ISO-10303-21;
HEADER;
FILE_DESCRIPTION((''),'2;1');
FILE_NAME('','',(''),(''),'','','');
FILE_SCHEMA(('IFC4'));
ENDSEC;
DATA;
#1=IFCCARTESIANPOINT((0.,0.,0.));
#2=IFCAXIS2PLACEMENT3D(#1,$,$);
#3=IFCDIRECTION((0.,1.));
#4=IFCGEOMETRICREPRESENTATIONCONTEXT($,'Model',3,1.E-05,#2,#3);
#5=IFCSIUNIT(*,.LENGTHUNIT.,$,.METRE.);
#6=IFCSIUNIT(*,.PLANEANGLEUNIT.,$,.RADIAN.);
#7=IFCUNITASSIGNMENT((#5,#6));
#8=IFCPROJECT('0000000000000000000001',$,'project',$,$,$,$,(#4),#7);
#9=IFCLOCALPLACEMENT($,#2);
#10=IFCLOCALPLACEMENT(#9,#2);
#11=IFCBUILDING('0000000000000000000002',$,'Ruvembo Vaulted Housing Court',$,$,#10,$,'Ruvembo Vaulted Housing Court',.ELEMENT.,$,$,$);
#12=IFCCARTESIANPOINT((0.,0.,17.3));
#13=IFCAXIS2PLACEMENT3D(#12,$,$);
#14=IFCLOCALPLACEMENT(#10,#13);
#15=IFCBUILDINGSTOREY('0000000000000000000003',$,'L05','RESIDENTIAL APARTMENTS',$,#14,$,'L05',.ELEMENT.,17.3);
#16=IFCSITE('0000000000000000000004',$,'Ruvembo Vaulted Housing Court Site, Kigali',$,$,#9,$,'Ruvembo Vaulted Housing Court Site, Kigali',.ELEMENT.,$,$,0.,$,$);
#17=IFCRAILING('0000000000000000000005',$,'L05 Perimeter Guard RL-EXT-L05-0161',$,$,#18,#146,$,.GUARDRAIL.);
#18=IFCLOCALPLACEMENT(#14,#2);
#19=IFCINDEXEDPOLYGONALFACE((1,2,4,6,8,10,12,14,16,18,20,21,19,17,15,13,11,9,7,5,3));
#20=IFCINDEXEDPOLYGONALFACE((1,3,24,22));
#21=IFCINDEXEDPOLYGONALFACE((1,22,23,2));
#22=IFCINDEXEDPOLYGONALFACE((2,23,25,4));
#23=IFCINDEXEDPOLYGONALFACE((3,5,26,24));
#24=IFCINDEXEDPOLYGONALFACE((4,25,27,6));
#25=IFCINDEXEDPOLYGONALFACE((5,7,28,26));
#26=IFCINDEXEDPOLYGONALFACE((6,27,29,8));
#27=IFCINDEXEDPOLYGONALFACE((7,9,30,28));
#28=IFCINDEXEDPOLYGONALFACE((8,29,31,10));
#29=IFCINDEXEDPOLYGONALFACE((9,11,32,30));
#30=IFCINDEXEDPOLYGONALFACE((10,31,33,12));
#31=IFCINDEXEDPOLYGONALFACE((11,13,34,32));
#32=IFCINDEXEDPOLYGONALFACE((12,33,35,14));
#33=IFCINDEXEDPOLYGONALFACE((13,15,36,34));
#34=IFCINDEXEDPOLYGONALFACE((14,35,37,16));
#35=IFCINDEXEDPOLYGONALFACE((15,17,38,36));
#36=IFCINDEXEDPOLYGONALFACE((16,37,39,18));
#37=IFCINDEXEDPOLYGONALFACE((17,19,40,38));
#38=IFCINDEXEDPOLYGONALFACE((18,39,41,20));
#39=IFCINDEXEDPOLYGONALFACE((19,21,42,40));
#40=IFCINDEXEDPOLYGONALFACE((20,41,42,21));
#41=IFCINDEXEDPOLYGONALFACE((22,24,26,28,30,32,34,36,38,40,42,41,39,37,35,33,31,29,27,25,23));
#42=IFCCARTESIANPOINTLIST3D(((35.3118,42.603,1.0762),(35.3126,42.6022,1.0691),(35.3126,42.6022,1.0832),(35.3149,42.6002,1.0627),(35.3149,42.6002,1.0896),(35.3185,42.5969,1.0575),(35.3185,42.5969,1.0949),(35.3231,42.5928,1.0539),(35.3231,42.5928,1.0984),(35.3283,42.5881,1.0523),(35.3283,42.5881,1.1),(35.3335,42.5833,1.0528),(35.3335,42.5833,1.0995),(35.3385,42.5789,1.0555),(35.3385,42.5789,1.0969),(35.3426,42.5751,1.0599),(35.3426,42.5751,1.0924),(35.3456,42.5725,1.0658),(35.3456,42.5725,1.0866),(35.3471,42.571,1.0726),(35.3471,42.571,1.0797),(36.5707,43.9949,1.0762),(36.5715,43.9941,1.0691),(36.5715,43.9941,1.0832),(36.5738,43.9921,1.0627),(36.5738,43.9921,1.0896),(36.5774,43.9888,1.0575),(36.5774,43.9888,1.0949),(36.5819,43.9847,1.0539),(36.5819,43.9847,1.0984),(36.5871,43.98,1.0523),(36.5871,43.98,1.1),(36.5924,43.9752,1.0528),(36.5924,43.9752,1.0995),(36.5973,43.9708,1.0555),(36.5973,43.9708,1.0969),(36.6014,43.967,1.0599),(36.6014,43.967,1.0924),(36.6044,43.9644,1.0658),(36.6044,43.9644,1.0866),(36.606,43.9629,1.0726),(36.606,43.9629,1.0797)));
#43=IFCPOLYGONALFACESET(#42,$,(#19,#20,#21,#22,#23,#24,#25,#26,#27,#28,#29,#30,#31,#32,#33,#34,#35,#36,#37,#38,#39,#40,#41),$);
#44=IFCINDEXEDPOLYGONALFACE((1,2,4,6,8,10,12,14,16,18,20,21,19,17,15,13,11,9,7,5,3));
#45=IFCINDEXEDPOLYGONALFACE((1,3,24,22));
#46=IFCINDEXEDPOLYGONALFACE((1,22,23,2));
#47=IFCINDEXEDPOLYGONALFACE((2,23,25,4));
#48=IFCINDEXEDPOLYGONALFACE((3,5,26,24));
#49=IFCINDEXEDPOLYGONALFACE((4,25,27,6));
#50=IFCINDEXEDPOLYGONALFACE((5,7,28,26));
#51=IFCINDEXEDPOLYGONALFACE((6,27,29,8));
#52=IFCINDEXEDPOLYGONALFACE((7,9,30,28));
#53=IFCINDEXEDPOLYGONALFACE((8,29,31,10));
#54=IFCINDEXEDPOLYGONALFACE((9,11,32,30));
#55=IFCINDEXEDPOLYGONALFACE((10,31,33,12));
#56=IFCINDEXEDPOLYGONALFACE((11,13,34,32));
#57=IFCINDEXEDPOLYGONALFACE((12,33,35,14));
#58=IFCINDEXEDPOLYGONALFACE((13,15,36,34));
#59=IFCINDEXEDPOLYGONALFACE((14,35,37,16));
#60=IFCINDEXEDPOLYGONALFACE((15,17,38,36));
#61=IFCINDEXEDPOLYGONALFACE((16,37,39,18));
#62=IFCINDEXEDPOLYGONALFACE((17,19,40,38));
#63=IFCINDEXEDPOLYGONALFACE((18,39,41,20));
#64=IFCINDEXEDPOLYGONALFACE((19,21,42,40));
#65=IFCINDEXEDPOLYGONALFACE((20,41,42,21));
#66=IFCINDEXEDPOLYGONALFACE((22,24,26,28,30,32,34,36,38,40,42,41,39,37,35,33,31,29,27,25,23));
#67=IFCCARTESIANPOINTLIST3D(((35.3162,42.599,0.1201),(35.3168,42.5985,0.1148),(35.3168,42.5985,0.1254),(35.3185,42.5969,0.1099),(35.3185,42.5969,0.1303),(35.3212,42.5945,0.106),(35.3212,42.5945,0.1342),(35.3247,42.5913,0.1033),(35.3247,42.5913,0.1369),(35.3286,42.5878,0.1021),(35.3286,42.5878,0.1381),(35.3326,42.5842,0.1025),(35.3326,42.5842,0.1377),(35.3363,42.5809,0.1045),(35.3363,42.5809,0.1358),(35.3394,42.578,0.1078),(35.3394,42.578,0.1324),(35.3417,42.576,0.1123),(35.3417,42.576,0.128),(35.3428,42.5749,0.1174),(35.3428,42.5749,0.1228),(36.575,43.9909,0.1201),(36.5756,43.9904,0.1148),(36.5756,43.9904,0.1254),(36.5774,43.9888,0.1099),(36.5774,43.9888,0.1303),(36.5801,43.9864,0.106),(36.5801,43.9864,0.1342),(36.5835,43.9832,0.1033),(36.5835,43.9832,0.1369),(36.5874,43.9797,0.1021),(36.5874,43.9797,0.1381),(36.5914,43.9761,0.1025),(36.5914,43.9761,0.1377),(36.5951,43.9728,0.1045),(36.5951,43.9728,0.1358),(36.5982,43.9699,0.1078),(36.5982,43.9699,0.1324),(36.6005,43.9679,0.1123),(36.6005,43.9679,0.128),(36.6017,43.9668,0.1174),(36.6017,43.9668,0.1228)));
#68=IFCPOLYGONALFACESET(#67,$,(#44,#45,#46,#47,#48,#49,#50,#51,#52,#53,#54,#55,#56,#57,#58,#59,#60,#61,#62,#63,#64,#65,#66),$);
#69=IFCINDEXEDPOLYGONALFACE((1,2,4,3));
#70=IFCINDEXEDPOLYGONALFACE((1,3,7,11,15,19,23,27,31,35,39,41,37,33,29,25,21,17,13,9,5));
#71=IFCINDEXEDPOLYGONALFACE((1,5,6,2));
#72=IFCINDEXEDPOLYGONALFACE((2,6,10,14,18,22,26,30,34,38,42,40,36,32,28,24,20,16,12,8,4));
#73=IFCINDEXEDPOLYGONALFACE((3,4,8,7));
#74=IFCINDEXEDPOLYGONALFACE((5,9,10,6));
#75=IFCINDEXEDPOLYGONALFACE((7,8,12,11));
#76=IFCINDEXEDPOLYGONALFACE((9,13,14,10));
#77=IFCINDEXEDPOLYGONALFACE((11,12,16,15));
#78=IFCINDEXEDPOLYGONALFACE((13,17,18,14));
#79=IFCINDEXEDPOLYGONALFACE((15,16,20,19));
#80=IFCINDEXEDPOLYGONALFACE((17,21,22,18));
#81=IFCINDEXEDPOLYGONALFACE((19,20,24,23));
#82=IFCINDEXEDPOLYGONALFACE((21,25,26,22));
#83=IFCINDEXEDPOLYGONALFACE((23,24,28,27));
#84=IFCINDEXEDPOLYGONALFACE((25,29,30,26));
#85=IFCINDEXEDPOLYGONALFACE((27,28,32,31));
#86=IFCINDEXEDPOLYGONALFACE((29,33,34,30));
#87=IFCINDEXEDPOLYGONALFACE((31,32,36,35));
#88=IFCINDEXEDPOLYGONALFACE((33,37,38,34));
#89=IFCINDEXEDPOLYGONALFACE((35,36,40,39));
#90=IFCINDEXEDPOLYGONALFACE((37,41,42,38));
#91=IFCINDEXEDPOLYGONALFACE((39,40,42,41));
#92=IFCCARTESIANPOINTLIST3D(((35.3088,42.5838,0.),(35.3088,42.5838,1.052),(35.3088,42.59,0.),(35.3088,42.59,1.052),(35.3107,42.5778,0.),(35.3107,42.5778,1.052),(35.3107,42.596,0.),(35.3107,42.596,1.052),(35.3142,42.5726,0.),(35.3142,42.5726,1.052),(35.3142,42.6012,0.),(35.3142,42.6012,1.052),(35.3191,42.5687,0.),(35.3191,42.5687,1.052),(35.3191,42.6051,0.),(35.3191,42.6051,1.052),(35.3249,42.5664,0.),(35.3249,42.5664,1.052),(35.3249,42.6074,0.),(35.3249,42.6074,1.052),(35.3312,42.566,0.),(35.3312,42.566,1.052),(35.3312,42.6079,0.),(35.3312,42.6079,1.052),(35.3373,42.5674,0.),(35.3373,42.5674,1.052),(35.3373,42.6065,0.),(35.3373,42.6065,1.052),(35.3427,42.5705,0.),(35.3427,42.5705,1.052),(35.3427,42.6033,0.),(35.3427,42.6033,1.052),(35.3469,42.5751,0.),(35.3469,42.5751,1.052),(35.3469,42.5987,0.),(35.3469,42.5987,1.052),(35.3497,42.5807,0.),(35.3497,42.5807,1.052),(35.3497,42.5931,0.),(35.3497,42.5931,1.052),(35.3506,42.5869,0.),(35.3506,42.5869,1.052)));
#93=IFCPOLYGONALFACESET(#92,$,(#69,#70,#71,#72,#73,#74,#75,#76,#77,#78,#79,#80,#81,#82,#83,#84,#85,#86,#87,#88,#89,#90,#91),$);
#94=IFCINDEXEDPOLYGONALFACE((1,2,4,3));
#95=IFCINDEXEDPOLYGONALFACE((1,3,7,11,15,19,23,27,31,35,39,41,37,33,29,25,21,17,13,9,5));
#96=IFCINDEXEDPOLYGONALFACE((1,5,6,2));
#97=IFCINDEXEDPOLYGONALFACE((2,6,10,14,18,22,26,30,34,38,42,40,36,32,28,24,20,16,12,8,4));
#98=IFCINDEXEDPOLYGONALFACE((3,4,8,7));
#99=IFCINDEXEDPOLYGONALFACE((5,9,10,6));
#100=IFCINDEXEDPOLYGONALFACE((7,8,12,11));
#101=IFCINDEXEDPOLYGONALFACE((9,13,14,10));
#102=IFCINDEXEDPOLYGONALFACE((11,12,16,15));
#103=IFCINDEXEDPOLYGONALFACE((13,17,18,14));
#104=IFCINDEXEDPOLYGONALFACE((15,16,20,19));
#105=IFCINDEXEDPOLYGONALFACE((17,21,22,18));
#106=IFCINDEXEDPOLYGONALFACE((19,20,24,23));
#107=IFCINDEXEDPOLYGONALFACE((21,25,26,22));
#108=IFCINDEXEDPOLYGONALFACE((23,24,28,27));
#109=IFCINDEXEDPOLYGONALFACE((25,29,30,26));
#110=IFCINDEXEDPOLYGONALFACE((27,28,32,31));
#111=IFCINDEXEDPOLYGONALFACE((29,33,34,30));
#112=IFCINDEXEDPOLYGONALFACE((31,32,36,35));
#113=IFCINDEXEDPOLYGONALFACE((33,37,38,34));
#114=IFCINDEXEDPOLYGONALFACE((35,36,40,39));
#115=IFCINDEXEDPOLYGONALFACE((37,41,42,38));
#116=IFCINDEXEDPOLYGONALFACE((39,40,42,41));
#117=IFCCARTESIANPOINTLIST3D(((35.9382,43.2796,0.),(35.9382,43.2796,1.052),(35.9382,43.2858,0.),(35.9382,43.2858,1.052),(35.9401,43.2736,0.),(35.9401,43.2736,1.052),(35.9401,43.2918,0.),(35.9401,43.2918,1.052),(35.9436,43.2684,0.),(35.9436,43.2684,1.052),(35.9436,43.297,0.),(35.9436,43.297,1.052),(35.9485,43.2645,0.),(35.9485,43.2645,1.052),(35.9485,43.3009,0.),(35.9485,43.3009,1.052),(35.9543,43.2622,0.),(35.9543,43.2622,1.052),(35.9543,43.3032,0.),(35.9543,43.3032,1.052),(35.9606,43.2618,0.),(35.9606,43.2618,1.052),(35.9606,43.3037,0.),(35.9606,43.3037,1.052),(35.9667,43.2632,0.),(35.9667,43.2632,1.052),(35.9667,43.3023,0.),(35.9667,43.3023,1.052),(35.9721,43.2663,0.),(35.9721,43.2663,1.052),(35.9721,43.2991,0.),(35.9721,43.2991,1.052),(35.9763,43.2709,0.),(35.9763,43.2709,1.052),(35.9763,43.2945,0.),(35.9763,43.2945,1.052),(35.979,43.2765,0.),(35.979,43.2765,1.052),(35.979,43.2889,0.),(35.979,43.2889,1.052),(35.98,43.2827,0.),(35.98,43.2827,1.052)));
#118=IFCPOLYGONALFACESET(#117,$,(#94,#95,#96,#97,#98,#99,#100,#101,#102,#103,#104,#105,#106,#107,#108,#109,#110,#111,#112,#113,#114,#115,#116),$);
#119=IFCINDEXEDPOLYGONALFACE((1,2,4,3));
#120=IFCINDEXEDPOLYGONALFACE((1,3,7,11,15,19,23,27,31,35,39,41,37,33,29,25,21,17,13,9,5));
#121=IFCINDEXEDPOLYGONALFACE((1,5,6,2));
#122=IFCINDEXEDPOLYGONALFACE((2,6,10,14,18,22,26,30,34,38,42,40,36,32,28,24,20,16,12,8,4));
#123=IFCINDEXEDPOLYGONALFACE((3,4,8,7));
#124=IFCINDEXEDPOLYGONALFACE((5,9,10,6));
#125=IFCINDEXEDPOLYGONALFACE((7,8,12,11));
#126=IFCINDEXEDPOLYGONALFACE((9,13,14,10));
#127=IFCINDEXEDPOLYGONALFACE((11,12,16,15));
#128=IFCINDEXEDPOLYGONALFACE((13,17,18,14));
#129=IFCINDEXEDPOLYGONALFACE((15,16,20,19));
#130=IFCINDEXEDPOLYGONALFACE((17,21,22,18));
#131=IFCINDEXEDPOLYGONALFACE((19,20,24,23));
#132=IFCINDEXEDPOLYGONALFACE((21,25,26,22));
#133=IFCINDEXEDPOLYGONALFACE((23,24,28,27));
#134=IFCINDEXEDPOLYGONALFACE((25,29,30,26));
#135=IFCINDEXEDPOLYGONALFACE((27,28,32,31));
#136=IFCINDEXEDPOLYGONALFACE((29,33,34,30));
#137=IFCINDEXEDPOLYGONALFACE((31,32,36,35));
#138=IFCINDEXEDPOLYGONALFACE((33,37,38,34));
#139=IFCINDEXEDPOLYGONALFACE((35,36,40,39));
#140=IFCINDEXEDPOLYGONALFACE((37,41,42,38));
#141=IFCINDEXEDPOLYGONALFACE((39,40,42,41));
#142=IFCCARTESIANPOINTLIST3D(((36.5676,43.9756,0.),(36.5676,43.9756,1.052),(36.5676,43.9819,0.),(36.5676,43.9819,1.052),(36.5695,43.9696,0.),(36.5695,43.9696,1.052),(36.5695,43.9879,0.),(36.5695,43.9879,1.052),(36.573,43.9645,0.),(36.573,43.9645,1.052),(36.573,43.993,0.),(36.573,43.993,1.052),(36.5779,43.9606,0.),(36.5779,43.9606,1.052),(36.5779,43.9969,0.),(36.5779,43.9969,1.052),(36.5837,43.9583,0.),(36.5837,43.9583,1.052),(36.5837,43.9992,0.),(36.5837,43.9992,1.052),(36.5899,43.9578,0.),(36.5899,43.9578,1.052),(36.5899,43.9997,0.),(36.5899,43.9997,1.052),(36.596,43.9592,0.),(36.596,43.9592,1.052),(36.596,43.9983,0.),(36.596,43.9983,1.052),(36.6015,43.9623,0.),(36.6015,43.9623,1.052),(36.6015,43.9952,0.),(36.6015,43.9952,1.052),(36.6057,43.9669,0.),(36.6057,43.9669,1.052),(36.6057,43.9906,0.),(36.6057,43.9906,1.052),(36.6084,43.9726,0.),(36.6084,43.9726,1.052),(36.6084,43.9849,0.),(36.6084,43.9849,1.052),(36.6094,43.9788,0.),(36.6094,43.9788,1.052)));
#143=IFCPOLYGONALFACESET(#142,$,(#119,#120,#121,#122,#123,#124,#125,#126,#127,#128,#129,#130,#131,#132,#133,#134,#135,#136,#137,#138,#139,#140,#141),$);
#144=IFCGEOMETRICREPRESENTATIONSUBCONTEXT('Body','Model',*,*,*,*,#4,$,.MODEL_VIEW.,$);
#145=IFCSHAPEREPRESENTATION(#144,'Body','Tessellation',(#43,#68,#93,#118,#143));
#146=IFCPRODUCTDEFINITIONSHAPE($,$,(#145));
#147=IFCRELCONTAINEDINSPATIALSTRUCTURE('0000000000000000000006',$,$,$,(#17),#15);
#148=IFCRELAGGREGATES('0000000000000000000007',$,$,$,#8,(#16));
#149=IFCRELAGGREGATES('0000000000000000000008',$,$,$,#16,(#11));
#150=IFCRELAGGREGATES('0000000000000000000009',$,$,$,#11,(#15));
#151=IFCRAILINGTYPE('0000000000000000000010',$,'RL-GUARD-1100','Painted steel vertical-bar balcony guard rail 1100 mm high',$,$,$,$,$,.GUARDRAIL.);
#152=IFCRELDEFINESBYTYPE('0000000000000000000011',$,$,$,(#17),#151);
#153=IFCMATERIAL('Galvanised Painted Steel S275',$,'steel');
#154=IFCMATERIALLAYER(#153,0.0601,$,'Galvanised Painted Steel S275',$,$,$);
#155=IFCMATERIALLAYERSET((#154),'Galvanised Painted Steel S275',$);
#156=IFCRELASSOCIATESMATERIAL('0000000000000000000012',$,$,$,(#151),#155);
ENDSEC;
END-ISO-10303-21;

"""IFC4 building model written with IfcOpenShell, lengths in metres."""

from ifc_helpers import new_model, si_unit, direction, frame, origin, origin_2d, place, context, subcontext, project, spatial, circle, extrude, material, layer, layer_set, type_object, element, save


model = new_model("IFC4")

# Units and contexts
model_context = context("Model", 3, precision=1e-05, world=origin(), true_north=direction((0.0, 1.0)))
body_context = subcontext(model_context, "Body", "Model", "MODEL_VIEW")
ifc_project = project(units=[si_unit("LENGTHUNIT", "METRE"), si_unit("PLANEANGLEUNIT", "RADIAN")], contexts=[model_context])

# Site, building, storey
site_placement = place(None, origin())
site = spatial("IfcSite", under=ifc_project, at=site_placement, Name="Ruvembo Vaulted Housing Court Site, Kigali", LongName="Ruvembo Vaulted Housing Court Site, Kigali", CompositionType="ELEMENT", RefElevation=0.0)
building_placement = place(site_placement, origin())
building = spatial("IfcBuilding", under=site, at=building_placement, Name="Ruvembo Vaulted Housing Court", LongName="Ruvembo Vaulted Housing Court", CompositionType="ELEMENT")
storey_placement = place(building_placement, frame((0.0, 0.0, 17.3)))
storey = spatial("IfcBuildingStorey", under=building, at=storey_placement, Name="L05", Description="RESIDENTIAL APARTMENTS", LongName="L05", CompositionType="ELEMENT", Elevation=17.3)

# Railing
ifc_material_1 = material(Name="Galvanised Painted Steel S275", Category="steel")
ifc_layer = layer(ifc_material_1, 0.0601, Name="Galvanised Painted Steel S275")
ifc_layer_set = layer_set([ifc_layer], Name="Galvanised Painted Steel S275")
railing_type = type_object("IfcRailingType", Name="RL-GUARD-1100", Description="Painted steel vertical-bar balcony guard rail 1100 mm high", PredefinedType="GUARDRAIL", material=ifc_layer_set)
railing_1_placement = place(storey_placement, frame((35.3296, 42.5869, 0.0)))
element("IfcRailing", 1, at=railing_1_placement, inside=storey, type_object=railing_type, Name="L05 Perimeter Guard RL-EXT-L05-0161", PredefinedType="GUARDRAIL", context=body_context, shape_type="SweptSolid", body=[
    extrude(circle(Radius=0.0239, at=origin_2d()), frame((0.0, 0.0, 1.0762), z_axis=(0.670767, 0.741668, 0.0), x_axis=(-0.741668, 0.670767, 0.0)), (0.0, 0.0, 1.0), 1.8767),
    extrude(circle(Radius=0.0181, at=origin_2d()), frame((0.0, 0.0, 0.1201), z_axis=(0.670767, 0.741668, 0.0), x_axis=(-0.741668, 0.670767, 0.0)), (0.0, 0.0, 1.0), 1.8767),
    extrude(circle(Radius=0.021, at=origin_2d()), origin(), (0.0, 0.0, 1.0), 1.052),
    extrude(circle(Radius=0.021, at=origin_2d()), frame((0.6294, 0.6958, 0.0)), (0.0, 0.0, 1.0), 1.052),
    extrude(circle(Radius=0.021, at=origin_2d()), frame((1.2588, 1.3918, 0.0)), (0.0, 0.0, 1.0), 1.052),
])

save(model, "model.ifc")
